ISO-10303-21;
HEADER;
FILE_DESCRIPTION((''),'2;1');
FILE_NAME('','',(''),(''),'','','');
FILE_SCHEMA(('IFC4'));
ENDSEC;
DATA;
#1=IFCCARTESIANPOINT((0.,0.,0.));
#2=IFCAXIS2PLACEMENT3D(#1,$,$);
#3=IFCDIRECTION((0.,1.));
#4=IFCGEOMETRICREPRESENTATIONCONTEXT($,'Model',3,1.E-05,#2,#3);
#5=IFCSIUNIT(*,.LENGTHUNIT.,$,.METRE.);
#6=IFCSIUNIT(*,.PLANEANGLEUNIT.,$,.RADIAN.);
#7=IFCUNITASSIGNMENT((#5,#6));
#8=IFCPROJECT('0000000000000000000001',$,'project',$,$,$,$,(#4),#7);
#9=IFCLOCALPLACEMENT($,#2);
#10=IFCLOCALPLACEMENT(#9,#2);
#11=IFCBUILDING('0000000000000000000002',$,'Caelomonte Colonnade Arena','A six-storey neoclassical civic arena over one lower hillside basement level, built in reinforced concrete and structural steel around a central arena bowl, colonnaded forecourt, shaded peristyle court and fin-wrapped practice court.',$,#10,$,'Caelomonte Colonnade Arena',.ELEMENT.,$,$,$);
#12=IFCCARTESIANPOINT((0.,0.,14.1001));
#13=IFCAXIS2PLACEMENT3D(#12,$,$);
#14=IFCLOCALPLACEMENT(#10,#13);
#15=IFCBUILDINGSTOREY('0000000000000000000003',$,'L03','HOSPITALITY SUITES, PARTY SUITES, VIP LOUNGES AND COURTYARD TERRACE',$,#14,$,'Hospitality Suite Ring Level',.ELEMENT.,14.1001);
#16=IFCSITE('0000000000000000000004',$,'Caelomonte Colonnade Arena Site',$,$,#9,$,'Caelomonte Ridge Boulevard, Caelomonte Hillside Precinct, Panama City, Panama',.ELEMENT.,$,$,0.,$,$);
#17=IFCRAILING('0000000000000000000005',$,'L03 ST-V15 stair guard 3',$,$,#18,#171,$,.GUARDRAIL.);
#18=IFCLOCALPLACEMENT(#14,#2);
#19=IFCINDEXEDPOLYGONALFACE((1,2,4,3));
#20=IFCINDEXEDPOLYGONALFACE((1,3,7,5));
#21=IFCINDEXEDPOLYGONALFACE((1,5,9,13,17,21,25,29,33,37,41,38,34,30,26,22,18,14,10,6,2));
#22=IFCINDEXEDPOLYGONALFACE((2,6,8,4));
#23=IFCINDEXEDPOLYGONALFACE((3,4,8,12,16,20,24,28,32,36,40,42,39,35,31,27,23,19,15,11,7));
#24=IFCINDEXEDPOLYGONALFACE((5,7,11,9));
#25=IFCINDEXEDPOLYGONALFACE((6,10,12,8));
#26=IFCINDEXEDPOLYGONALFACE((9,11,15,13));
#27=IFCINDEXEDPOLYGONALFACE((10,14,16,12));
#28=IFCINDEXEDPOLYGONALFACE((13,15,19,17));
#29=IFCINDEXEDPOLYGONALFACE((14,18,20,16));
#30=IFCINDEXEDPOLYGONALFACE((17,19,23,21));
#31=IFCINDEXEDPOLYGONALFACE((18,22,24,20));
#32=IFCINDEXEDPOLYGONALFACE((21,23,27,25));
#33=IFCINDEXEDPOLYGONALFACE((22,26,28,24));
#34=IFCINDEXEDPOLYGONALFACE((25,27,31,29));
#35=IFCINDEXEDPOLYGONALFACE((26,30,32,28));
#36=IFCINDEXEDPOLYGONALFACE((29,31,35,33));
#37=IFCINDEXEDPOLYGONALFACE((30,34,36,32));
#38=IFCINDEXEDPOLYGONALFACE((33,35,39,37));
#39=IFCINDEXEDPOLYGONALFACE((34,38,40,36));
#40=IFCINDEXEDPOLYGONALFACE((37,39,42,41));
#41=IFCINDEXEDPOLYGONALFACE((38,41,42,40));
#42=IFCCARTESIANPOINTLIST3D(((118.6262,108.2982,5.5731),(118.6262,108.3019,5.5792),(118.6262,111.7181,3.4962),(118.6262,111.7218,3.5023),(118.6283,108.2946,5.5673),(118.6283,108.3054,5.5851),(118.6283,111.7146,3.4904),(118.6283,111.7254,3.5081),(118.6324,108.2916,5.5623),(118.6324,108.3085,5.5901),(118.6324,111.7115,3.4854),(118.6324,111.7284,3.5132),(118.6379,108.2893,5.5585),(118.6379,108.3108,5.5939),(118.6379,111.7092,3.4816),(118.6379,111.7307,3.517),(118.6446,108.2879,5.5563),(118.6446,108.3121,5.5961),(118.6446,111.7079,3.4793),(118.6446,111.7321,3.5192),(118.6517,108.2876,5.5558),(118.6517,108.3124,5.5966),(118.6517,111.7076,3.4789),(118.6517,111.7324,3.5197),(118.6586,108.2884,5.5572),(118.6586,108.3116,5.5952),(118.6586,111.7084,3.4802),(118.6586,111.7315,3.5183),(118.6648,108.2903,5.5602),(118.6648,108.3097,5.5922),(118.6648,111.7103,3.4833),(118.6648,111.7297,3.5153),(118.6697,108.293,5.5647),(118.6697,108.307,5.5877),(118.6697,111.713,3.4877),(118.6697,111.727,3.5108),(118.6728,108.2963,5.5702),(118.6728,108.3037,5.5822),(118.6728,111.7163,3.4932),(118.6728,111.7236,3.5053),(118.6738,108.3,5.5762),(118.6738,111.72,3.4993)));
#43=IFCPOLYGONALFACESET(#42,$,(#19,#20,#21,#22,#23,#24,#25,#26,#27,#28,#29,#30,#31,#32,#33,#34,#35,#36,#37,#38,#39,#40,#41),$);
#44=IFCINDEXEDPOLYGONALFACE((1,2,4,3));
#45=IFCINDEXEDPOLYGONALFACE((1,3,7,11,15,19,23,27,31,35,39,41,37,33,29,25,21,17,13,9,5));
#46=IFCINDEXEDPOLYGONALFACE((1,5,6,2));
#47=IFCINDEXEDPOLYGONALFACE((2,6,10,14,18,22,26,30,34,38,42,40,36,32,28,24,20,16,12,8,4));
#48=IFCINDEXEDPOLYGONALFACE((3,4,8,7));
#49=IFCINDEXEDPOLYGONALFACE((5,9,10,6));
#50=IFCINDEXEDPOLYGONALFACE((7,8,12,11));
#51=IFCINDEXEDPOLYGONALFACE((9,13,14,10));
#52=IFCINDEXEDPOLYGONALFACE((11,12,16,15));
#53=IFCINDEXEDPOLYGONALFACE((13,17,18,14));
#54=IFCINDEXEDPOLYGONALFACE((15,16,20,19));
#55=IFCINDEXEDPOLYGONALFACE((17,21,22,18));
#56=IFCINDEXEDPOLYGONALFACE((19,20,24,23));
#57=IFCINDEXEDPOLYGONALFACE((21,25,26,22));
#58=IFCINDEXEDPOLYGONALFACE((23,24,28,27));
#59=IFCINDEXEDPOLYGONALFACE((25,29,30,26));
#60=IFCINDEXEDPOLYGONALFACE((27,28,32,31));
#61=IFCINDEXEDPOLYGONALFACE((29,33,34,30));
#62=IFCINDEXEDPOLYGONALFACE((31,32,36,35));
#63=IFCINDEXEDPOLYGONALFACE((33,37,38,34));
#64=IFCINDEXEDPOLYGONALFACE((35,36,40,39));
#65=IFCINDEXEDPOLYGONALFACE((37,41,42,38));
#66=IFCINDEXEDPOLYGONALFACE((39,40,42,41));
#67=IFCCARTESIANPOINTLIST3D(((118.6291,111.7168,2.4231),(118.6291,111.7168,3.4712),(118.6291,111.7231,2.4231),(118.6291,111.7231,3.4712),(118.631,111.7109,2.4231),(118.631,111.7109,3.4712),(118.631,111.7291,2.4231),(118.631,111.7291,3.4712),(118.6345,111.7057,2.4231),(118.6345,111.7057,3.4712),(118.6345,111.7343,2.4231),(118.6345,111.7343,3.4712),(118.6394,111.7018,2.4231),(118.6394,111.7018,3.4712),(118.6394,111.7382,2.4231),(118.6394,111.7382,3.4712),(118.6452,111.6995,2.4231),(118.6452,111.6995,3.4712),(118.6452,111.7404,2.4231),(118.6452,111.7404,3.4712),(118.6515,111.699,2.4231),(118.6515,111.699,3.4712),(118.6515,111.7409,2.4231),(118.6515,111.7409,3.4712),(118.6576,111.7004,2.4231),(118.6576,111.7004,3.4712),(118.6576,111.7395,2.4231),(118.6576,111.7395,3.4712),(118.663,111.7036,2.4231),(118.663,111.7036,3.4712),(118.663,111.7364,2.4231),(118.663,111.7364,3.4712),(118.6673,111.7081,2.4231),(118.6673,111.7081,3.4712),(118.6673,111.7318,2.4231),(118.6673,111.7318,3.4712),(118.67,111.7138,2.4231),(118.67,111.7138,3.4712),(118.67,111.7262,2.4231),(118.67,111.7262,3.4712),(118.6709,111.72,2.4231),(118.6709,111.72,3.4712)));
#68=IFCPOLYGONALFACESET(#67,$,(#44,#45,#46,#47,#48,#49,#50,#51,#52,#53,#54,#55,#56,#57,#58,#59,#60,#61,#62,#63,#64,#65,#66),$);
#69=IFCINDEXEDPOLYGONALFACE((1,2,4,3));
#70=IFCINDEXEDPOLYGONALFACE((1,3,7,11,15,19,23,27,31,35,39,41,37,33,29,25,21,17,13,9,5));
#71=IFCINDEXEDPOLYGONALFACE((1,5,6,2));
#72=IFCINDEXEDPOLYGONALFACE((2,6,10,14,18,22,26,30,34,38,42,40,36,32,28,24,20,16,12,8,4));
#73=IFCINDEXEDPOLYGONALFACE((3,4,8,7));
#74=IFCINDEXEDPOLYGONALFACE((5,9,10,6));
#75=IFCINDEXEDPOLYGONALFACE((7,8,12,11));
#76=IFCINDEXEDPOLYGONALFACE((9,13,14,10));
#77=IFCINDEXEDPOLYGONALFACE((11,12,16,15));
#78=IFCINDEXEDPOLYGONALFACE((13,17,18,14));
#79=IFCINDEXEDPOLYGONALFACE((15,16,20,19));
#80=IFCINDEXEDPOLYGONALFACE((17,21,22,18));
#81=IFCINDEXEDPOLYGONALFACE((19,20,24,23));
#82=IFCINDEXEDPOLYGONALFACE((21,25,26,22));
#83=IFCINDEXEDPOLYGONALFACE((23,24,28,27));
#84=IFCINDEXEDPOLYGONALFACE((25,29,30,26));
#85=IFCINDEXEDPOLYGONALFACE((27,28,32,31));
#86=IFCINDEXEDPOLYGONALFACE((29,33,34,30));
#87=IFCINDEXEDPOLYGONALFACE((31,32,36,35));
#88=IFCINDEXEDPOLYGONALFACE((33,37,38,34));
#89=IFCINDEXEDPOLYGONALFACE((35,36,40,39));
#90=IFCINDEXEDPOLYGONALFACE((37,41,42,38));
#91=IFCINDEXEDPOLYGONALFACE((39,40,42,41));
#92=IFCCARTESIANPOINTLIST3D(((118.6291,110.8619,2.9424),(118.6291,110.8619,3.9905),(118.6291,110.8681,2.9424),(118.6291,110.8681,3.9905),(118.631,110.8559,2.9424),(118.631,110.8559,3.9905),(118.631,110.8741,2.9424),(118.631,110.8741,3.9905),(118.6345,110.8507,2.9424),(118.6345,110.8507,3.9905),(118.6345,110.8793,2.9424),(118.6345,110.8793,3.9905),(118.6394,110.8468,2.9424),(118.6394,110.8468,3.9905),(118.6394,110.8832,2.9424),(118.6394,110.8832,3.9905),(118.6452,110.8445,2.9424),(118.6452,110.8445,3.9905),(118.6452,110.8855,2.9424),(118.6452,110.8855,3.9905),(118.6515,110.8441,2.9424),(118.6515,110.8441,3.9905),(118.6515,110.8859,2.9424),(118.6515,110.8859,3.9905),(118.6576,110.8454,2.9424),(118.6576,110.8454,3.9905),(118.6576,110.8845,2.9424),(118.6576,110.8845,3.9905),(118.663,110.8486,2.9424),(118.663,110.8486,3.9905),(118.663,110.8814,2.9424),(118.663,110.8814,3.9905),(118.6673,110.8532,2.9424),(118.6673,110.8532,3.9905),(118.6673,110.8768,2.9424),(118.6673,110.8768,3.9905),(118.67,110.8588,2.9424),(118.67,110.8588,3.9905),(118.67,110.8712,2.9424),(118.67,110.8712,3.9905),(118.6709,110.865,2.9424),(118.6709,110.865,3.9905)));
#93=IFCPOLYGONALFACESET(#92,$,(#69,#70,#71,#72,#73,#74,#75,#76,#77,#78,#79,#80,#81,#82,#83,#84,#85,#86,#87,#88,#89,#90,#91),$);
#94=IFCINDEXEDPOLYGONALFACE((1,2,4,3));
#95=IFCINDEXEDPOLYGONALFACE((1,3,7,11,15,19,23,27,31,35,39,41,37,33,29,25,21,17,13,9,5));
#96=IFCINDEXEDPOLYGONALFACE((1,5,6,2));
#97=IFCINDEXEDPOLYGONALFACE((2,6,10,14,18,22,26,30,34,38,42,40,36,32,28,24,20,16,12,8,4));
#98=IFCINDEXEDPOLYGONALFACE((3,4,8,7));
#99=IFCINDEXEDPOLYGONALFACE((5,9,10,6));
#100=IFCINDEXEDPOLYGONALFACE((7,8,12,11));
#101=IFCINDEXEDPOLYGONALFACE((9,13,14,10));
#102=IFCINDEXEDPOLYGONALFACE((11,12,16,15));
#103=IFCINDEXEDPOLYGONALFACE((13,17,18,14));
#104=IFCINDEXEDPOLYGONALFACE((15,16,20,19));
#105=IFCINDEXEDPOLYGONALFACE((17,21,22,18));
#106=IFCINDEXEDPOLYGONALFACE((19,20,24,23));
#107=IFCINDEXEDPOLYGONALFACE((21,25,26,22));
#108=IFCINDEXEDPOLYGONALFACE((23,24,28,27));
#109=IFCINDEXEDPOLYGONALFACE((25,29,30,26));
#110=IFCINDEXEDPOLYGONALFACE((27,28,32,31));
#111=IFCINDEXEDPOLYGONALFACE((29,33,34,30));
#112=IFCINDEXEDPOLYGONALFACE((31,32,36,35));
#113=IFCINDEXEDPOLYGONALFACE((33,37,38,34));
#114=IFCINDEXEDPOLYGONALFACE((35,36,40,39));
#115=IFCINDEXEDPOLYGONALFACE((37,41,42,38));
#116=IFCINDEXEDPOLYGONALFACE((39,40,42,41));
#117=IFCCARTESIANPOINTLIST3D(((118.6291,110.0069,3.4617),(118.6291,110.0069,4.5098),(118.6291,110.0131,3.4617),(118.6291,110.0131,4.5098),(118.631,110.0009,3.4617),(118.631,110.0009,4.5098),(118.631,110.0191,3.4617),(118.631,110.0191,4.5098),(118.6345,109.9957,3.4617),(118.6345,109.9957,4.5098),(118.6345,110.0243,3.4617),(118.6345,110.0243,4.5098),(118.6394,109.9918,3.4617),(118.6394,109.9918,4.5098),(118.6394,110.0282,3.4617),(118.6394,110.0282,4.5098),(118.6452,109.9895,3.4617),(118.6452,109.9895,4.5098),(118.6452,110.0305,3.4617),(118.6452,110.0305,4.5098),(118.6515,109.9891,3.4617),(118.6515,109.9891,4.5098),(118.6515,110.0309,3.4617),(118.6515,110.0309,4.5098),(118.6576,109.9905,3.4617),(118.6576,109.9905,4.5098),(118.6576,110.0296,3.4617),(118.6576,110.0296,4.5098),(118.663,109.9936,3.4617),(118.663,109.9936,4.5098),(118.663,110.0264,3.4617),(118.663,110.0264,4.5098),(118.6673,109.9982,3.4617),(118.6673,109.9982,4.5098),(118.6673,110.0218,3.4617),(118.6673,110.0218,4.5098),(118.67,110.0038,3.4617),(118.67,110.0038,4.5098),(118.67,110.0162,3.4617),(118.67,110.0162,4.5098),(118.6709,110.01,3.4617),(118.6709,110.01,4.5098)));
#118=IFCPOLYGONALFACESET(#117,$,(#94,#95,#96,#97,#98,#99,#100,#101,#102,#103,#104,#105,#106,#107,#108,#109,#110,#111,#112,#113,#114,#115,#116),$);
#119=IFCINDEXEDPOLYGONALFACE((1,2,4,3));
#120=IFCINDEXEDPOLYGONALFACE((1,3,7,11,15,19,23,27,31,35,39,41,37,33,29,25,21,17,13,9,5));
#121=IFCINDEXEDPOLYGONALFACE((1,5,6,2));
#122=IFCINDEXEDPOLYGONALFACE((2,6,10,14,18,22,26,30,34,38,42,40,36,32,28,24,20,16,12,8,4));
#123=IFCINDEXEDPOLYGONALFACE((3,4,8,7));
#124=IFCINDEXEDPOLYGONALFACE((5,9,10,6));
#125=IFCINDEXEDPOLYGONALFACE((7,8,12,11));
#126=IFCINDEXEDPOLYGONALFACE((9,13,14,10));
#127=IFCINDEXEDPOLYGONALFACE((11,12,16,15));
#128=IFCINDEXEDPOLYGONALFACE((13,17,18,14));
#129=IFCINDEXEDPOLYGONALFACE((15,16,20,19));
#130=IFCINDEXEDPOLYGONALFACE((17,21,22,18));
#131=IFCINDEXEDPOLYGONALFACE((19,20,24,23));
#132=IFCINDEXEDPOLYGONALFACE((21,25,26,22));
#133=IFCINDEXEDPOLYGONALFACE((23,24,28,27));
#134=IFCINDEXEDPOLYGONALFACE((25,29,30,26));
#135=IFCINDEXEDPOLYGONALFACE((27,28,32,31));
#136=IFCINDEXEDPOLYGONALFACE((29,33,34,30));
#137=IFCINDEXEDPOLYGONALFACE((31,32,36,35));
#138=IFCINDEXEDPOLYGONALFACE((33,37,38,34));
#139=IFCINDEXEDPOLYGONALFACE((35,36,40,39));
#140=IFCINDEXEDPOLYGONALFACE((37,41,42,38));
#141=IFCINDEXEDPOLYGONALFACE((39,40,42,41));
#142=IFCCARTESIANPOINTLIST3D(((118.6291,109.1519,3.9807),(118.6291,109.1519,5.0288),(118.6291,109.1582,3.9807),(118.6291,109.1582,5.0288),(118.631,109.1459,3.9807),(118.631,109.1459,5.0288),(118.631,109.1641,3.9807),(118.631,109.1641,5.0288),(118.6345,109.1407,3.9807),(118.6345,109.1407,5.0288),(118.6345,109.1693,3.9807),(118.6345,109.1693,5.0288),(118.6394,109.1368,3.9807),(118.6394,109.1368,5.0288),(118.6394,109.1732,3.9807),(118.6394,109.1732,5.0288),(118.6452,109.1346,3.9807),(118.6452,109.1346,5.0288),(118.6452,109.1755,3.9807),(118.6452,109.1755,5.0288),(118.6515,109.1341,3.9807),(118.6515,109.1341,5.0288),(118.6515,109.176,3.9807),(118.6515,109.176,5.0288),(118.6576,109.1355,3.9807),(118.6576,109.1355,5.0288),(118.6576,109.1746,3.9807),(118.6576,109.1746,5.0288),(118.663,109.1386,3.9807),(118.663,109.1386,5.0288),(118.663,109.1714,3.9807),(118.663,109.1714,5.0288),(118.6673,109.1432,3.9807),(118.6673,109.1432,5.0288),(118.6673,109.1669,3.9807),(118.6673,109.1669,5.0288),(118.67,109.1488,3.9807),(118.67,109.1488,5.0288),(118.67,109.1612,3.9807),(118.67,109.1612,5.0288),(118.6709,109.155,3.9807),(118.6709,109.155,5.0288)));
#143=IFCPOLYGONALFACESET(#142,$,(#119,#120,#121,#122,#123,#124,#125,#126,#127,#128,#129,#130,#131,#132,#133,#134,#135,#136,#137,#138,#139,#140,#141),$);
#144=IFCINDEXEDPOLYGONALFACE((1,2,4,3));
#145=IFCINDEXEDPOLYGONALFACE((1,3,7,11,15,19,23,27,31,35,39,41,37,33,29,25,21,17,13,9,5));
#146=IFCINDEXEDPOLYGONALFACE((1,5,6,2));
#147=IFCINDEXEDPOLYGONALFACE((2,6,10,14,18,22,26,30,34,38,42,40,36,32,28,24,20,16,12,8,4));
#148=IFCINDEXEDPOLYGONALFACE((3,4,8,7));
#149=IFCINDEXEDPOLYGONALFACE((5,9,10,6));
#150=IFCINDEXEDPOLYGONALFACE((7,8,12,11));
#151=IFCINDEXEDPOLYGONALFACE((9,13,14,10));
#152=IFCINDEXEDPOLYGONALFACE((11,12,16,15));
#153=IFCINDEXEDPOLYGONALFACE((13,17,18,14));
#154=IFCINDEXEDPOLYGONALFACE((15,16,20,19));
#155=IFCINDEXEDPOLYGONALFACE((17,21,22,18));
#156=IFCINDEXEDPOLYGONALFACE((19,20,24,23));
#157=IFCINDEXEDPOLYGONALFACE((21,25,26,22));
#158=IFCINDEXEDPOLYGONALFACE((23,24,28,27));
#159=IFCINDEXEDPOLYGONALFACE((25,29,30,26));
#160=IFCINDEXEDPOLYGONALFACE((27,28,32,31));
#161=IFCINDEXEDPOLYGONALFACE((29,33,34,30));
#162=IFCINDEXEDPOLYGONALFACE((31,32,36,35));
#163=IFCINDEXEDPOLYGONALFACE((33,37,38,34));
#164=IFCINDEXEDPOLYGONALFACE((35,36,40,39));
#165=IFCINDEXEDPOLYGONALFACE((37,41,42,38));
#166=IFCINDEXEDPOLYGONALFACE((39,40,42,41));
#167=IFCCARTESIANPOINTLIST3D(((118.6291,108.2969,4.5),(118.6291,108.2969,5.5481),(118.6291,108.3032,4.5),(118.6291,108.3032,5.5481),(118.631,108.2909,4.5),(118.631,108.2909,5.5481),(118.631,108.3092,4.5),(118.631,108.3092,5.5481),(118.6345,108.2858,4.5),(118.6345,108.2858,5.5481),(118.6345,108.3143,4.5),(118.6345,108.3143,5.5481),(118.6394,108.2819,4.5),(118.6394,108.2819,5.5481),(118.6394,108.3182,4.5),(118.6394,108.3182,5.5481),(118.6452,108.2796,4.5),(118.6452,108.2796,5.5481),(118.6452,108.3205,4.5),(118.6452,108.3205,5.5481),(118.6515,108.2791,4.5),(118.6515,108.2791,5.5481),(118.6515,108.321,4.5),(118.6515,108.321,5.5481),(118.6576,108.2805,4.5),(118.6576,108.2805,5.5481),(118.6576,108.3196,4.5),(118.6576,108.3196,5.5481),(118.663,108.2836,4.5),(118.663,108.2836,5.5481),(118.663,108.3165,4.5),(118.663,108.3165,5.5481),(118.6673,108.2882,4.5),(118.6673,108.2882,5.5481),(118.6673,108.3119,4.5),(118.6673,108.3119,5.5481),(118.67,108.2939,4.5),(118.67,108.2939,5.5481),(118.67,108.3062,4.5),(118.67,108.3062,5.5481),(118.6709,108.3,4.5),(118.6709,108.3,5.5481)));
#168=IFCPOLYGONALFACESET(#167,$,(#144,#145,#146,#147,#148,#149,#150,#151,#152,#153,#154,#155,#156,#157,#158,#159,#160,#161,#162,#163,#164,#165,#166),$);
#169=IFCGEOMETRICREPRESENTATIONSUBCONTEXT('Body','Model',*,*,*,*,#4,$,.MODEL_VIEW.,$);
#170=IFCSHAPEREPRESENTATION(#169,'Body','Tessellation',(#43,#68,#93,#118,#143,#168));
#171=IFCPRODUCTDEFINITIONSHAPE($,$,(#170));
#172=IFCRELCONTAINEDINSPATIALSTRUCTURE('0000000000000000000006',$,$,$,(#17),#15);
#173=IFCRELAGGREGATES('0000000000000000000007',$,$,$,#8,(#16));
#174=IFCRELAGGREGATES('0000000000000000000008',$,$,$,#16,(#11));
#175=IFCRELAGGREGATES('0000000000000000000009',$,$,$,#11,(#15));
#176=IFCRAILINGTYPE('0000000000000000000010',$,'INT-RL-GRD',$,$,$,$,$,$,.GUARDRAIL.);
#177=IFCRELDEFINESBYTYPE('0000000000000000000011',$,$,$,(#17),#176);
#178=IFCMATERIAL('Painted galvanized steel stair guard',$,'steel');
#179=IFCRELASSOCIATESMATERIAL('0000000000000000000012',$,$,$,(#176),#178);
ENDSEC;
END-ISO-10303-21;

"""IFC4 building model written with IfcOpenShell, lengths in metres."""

from ifc_helpers import new_model, si_unit, direction, frame, origin, origin_2d, place, context, subcontext, project, spatial, circle, extrude, material, type_object, element, save


model = new_model("IFC4")

# Units and contexts
model_context = context("Model", 3, precision=1e-05, world=origin(), true_north=direction((0.0, 1.0)))
body_context = subcontext(model_context, "Body", "Model", "MODEL_VIEW")
ifc_project = project(units=[si_unit("LENGTHUNIT", "METRE"), si_unit("PLANEANGLEUNIT", "RADIAN")], contexts=[model_context])

# Site, building, storey
site_placement = place(None, origin())
site = spatial("IfcSite", under=ifc_project, at=site_placement, Name="Caelomonte Colonnade Arena Site", LongName="Caelomonte Ridge Boulevard, Caelomonte Hillside Precinct, Panama City, Panama", CompositionType="ELEMENT", RefElevation=0.0)
building_placement = place(site_placement, origin())
building = spatial("IfcBuilding", under=site, at=building_placement, Name="Caelomonte Colonnade Arena", Description="A six-storey neoclassical civic arena over one lower hillside basement level, built in reinforced concrete and structural steel around a central arena bowl, colonnaded forecourt, shaded peristyle court and fin-wrapped practice court.", LongName="Caelomonte Colonnade Arena", CompositionType="ELEMENT")
storey_placement = place(building_placement, frame((0.0, 0.0, 14.1001)))
storey = spatial("IfcBuildingStorey", under=building, at=storey_placement, Name="L03", Description="HOSPITALITY SUITES, PARTY SUITES, VIP LOUNGES AND COURTYARD TERRACE", LongName="Hospitality Suite Ring Level", CompositionType="ELEMENT", Elevation=14.1001)

# Railing
ifc_material_1 = material(Name="Painted galvanized steel stair guard", Category="steel")
railing_type = type_object("IfcRailingType", Name="INT-RL-GRD", PredefinedType="GUARDRAIL", material=ifc_material_1)
railing_placement = place(storey_placement, frame((118.6499, 111.72, 2.4231)))
element("IfcRailing", 1, at=railing_placement, inside=storey, type_object=railing_type, Name="L03 ST-V15 stair guard 3", PredefinedType="GUARDRAIL", context=body_context, shape_type="SweptSolid", body=[
    extrude(circle(Radius=0.0239, at=origin_2d()), frame((0.0, 0.0, 1.0762), z_axis=(0.0, -0.85473, 0.519074), x_axis=(1.0, 0.0, 0.0)), (0.0, 0.0, 1.0), 4.0012),
    extrude(circle(Radius=0.021, at=origin_2d()), origin(), (0.0, 0.0, 1.0), 1.0481),
    extrude(circle(Radius=0.021, at=origin_2d()), frame((0.0, -0.855, 0.5193)), (0.0, 0.0, 1.0), 1.0481),
    extrude(circle(Radius=0.021, at=origin_2d()), frame((0.0, -1.71, 1.0386)), (0.0, 0.0, 1.0), 1.0481),
    extrude(circle(Radius=0.021, at=origin_2d()), frame((0.0, -2.5649, 1.5576)), (0.0, 0.0, 1.0), 1.0481),
    extrude(circle(Radius=0.021, at=origin_2d()), frame((0.0, -3.4199, 2.0769)), (0.0, 0.0, 1.0), 1.0481),
])

save(model, "model.ifc")
